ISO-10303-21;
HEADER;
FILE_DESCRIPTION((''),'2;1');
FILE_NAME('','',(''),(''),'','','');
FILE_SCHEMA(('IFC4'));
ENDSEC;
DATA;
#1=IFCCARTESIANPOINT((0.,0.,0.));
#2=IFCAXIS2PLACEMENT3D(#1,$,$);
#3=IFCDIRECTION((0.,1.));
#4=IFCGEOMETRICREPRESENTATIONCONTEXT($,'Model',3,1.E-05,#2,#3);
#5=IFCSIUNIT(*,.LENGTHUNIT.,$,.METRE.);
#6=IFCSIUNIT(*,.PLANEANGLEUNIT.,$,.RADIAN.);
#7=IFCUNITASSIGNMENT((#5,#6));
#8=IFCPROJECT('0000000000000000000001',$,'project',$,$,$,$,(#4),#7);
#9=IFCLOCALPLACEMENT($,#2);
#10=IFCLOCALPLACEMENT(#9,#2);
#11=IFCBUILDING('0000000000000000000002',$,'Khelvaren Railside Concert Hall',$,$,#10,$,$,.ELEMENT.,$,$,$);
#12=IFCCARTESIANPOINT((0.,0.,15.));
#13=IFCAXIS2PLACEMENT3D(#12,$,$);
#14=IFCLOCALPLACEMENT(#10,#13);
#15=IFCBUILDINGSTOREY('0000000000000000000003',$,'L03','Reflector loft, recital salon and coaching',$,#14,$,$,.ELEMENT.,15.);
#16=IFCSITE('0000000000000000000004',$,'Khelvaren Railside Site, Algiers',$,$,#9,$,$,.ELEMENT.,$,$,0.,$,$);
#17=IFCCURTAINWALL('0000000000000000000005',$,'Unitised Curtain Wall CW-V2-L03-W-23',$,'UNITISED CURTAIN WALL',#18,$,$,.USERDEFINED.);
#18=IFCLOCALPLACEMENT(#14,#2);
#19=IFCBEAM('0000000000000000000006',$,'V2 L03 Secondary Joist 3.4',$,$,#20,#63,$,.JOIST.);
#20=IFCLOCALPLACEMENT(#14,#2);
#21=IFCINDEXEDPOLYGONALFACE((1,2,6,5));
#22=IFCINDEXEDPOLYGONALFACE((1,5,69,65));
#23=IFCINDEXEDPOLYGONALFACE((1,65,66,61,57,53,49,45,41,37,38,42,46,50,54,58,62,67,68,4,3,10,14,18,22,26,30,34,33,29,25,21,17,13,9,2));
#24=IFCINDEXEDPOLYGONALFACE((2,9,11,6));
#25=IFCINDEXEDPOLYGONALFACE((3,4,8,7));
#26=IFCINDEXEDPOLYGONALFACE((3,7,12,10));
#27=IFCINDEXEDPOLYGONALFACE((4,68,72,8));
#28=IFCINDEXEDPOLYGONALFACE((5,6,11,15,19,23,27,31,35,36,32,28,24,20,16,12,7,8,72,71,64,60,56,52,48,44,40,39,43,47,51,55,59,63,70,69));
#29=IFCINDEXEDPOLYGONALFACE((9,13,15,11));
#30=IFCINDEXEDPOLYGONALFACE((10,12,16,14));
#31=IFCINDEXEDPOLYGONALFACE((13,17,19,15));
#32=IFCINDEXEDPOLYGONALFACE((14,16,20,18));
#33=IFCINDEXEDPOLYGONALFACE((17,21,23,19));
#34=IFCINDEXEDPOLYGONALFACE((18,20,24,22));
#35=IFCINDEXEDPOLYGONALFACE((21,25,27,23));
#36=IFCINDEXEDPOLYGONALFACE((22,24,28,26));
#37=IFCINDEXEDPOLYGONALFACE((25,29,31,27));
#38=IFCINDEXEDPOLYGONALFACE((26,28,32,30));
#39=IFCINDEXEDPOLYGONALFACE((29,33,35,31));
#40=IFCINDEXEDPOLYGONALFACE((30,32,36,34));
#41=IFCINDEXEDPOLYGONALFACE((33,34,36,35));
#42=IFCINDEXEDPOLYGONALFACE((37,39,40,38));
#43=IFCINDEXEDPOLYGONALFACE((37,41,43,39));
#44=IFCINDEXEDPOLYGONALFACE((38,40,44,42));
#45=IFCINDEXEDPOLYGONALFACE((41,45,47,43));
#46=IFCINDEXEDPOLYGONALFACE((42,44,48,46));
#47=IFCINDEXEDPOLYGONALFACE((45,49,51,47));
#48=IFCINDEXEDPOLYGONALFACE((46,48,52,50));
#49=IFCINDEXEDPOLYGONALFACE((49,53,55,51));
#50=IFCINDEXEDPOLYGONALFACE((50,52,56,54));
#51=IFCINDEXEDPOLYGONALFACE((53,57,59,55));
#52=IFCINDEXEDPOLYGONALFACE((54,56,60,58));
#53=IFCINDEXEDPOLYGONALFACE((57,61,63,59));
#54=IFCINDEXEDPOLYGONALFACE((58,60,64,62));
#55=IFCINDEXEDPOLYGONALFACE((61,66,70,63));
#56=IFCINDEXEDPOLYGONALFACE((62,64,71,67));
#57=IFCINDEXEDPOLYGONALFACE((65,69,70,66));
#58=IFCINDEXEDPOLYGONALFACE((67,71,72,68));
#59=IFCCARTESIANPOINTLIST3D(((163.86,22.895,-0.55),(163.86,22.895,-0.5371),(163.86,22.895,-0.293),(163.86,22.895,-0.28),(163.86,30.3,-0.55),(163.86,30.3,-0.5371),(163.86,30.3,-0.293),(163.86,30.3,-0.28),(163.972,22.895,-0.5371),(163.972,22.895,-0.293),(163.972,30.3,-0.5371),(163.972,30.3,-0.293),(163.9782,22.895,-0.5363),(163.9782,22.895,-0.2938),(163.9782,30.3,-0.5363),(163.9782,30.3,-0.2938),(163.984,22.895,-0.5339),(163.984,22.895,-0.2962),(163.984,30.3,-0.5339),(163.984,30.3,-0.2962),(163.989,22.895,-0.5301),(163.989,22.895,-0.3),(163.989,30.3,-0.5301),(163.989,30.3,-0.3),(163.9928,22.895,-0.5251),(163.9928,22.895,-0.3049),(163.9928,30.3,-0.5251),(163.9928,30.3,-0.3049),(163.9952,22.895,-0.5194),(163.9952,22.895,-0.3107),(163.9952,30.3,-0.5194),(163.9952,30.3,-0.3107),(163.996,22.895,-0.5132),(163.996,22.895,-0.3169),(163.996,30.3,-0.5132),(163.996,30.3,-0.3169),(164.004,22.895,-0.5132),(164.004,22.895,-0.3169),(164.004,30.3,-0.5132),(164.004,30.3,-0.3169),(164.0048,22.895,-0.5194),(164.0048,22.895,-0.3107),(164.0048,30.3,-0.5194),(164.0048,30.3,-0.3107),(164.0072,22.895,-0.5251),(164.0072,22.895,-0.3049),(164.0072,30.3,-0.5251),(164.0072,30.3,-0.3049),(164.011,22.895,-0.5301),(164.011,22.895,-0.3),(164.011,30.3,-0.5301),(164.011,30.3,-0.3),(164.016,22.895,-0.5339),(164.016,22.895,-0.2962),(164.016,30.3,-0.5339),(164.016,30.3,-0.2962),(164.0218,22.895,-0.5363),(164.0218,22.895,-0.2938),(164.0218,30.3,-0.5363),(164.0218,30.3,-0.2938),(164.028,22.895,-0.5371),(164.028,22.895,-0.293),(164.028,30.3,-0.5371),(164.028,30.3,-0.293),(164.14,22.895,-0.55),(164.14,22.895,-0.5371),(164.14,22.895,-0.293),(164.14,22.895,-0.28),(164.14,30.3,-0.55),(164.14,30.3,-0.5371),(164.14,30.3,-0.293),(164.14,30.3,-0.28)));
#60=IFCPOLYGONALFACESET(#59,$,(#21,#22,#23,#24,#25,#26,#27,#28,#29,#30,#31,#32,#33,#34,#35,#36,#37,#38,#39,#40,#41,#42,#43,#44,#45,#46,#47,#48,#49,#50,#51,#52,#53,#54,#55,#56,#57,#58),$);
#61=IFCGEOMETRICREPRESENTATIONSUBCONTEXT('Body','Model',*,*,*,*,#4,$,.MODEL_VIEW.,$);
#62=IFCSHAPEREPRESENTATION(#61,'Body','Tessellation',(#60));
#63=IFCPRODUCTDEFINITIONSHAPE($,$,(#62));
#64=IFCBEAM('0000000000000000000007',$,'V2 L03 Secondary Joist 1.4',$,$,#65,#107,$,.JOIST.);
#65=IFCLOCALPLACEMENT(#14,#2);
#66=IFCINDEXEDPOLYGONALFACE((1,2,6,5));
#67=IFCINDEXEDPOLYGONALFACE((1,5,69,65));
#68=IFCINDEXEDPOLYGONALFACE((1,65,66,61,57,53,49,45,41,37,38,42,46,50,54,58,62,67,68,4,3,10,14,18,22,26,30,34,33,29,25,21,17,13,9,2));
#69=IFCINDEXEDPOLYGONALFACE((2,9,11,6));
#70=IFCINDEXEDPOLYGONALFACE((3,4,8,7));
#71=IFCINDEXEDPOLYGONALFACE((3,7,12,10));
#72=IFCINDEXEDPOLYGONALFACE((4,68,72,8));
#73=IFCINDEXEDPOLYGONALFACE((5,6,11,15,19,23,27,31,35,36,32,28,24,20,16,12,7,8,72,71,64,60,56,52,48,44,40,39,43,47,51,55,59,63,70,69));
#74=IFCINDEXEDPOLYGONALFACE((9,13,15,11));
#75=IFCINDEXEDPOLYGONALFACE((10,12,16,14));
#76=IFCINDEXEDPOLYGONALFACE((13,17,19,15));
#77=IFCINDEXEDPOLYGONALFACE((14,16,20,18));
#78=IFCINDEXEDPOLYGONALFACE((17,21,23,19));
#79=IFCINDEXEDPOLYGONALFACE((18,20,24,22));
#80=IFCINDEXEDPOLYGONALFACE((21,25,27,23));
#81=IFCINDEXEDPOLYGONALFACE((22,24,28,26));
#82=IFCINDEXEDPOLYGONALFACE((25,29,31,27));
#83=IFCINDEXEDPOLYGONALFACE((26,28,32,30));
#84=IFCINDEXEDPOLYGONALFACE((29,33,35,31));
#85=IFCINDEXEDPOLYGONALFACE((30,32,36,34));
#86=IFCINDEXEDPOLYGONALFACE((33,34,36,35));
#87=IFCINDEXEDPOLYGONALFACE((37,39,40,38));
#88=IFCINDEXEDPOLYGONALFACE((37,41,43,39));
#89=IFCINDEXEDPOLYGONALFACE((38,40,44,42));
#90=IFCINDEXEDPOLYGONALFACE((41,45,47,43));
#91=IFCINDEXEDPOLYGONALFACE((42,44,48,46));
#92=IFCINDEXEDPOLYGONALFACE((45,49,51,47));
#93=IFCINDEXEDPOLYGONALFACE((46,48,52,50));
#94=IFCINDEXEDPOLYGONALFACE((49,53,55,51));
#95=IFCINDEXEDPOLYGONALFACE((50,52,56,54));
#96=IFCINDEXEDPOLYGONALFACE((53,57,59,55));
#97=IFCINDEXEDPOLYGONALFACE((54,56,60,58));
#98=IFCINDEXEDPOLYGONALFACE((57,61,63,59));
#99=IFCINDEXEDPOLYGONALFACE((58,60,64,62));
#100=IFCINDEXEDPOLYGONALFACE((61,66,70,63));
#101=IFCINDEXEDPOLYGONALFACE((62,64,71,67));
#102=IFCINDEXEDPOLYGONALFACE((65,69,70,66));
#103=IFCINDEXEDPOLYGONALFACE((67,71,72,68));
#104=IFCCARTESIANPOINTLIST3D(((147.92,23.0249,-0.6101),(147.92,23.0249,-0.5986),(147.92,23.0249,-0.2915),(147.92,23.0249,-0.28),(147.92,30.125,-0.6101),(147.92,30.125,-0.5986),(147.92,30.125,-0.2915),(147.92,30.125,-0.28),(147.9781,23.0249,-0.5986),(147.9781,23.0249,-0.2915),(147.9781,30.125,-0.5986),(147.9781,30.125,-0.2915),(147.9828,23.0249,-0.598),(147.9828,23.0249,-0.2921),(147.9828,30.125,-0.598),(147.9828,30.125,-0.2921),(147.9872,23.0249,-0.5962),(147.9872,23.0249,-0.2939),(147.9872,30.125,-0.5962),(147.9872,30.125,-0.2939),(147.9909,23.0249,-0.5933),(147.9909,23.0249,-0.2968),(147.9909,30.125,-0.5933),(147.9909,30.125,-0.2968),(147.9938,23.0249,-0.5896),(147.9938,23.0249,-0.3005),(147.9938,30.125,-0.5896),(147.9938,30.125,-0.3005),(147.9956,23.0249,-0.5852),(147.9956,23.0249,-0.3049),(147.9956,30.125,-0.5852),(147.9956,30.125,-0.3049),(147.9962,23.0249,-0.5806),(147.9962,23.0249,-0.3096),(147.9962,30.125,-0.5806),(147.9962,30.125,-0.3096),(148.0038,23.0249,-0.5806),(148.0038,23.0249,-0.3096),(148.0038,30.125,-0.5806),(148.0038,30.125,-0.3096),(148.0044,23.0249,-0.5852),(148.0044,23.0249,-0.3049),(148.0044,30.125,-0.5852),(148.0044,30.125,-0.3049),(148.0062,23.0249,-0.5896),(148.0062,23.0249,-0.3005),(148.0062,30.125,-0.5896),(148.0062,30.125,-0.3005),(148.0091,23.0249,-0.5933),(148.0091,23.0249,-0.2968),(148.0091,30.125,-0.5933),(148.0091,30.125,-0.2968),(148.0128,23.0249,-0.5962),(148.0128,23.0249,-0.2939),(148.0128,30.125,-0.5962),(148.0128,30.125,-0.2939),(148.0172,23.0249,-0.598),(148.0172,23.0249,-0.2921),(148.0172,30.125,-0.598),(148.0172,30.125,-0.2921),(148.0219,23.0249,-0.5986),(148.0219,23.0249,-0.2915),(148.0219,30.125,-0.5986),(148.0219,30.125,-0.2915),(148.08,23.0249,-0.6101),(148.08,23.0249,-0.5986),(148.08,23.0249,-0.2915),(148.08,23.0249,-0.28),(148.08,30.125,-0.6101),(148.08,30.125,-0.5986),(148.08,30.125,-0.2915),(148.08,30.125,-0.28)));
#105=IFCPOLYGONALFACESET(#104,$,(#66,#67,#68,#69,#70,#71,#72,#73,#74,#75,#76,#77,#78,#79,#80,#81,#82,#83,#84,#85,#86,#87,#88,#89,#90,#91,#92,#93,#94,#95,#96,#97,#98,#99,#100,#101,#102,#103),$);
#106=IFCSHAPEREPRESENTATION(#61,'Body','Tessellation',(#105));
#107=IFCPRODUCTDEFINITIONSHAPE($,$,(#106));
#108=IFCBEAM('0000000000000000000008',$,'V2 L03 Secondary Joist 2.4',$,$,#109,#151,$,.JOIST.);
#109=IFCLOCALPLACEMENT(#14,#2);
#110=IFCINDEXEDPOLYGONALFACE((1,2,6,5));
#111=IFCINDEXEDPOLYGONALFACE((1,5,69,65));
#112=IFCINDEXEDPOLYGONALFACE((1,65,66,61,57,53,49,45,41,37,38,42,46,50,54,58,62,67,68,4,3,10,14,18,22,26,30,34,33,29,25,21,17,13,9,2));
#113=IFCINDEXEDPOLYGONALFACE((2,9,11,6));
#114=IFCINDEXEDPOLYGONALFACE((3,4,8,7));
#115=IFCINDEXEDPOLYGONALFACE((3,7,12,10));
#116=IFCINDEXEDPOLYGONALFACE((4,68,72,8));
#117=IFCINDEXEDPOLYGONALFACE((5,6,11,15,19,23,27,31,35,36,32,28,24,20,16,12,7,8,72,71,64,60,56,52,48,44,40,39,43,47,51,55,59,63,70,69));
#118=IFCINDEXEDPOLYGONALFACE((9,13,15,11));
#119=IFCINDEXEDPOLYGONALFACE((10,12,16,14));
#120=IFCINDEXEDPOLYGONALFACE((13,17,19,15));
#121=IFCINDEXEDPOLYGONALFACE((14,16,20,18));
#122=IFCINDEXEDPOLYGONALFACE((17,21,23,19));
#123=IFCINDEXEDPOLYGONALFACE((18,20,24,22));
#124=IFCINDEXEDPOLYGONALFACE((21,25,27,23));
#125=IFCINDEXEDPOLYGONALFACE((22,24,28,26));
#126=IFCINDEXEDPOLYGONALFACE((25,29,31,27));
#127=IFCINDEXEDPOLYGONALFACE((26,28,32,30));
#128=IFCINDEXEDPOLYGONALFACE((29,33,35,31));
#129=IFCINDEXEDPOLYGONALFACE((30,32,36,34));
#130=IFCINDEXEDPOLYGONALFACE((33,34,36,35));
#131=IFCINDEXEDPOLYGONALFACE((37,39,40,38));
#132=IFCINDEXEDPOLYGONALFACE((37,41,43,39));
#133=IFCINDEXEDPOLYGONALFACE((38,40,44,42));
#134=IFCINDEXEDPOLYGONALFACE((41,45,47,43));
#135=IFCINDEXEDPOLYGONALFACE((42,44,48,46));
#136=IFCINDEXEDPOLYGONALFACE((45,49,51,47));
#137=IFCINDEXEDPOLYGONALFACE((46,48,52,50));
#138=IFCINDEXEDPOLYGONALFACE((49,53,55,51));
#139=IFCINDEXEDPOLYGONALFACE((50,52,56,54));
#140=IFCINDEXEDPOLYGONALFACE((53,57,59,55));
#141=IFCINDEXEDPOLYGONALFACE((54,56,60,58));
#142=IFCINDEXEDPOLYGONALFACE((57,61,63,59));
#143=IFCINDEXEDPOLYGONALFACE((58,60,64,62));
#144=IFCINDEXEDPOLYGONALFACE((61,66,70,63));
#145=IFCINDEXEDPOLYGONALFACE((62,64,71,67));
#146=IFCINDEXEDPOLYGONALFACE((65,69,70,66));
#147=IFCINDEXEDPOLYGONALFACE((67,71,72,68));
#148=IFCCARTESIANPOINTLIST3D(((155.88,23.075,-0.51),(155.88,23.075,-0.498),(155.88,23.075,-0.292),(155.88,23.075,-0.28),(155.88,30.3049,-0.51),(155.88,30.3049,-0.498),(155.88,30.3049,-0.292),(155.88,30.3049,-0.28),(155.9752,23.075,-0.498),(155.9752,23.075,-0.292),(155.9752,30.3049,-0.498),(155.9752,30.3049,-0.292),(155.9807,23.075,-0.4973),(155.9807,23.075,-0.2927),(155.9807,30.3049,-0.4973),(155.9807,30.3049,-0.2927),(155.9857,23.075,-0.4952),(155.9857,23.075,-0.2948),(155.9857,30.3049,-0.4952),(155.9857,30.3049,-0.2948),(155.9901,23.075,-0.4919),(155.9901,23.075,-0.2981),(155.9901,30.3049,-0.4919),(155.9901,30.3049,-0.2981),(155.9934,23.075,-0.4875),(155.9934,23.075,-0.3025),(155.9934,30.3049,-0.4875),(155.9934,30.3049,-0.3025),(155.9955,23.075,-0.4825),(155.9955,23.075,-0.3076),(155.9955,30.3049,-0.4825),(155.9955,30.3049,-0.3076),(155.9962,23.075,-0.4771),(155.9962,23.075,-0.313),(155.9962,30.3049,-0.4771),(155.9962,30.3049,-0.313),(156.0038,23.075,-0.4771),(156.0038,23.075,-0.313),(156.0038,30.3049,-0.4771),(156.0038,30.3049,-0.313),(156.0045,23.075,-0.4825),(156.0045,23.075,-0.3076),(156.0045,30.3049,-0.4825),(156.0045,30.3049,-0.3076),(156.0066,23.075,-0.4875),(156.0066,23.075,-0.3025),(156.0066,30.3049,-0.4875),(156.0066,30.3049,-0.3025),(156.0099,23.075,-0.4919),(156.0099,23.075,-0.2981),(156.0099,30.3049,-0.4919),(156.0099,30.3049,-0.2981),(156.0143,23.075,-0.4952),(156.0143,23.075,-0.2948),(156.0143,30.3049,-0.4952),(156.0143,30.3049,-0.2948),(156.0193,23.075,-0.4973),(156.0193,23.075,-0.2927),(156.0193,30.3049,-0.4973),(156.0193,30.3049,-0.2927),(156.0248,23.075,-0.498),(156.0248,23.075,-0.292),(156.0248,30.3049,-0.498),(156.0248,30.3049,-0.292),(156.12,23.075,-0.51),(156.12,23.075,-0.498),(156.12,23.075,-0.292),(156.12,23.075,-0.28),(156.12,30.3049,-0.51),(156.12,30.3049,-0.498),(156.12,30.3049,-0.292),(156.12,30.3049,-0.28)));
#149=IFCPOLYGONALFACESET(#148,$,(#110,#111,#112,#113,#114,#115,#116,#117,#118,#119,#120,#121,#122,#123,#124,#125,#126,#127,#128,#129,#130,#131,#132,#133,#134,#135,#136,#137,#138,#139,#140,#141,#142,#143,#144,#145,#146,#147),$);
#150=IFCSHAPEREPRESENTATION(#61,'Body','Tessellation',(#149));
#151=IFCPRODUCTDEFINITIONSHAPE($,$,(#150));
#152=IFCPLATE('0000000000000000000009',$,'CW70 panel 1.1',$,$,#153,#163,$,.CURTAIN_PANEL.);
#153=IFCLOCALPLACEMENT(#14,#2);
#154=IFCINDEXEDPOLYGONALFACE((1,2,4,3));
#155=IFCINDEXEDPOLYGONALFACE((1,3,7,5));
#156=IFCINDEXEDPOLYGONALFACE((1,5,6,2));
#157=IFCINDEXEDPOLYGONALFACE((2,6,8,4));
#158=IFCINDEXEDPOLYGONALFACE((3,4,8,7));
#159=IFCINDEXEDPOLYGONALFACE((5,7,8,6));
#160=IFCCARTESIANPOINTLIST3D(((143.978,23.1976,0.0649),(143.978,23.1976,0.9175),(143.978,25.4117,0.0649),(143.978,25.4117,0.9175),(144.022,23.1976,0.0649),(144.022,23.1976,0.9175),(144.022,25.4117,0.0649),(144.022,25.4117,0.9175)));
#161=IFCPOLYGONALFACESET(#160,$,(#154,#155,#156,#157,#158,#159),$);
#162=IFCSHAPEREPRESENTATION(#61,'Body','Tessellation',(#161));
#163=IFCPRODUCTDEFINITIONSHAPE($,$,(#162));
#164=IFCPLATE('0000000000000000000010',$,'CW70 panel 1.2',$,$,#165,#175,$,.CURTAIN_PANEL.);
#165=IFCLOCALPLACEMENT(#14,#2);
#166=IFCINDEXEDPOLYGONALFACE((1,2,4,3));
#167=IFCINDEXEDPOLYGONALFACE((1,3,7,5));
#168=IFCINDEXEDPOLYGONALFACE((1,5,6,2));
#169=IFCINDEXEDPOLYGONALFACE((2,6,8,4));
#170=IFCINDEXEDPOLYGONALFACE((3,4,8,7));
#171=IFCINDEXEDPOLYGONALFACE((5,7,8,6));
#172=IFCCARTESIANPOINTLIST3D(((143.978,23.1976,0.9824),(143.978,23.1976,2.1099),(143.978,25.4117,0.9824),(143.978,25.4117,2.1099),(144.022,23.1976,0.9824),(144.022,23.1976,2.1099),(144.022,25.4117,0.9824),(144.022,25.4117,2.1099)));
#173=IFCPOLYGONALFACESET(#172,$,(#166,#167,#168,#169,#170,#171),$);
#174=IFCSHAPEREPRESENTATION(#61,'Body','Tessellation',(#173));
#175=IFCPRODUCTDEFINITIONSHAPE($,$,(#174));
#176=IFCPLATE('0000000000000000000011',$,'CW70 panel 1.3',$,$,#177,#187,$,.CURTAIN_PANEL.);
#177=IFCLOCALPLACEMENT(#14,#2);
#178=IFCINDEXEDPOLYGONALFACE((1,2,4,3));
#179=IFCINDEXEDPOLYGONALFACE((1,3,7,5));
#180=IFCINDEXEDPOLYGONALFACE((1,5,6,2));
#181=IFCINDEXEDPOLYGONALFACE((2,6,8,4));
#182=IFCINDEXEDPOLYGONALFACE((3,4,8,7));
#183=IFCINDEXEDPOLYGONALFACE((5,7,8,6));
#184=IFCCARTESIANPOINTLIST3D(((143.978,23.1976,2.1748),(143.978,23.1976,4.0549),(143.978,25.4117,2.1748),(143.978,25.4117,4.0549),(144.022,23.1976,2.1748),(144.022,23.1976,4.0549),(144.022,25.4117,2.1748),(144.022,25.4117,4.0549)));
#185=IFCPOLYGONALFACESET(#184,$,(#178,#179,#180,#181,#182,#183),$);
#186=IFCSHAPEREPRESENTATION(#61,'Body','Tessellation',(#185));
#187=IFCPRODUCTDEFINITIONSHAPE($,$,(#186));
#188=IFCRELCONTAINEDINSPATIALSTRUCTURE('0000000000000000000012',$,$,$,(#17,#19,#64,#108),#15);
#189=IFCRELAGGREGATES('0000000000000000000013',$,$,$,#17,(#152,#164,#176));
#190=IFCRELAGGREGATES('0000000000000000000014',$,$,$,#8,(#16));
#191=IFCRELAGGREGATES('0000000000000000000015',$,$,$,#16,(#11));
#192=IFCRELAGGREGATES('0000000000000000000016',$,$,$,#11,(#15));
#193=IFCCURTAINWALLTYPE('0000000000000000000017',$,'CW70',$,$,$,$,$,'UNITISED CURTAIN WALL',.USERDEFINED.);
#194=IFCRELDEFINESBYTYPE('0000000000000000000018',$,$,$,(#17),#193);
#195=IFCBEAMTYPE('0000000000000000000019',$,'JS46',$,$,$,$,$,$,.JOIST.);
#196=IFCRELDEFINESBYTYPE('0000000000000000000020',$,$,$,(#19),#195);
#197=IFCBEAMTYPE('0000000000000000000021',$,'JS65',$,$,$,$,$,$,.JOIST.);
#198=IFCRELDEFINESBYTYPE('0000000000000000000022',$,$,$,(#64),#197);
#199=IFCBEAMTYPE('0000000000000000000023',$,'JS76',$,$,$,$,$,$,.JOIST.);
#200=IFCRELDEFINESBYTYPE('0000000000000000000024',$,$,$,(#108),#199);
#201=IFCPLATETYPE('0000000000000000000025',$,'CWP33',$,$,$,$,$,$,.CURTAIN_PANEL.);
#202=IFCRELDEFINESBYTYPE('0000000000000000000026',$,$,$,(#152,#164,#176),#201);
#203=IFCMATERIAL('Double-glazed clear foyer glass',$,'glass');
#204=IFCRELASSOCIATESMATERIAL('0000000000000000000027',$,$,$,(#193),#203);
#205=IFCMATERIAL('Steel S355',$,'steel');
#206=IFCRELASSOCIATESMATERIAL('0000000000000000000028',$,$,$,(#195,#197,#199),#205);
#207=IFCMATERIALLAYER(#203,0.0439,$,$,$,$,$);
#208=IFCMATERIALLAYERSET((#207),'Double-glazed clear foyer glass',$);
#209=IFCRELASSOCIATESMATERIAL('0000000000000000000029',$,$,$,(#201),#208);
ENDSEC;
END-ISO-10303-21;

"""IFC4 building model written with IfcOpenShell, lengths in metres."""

from ifc_helpers import new_model, si_unit, direction, frame, origin, origin_2d, place, context, subcontext, project, spatial, rectangle, i_section, extrude, material, layer, layer_set, material_profile, profile_set, type_object, element, aggregate, save


model = new_model("IFC4")

# Units and contexts
model_context = context("Model", 3, precision=1e-05, world=origin(), true_north=direction((0.0, 1.0)))
body_context = subcontext(model_context, "Body", "Model", "MODEL_VIEW")
ifc_project = project(units=[si_unit("LENGTHUNIT", "METRE"), si_unit("PLANEANGLEUNIT", "RADIAN")], contexts=[model_context])

# Site, building, storey
site_placement = place(None, origin())
site = spatial("IfcSite", under=ifc_project, at=site_placement, Name="Khelvaren Railside Site, Algiers", CompositionType="ELEMENT", RefElevation=0.0)
building_placement = place(site_placement, origin())
building = spatial("IfcBuilding", under=site, at=building_placement, Name="Khelvaren Railside Concert Hall", CompositionType="ELEMENT")
storey_placement = place(building_placement, frame((0.0, 0.0, 15.0)))
storey = spatial("IfcBuildingStorey", under=building, at=storey_placement, Name="L03", Description="Reflector loft, recital salon and coaching", CompositionType="ELEMENT", Elevation=15.0)

# Shared definitions
ifc_material_1 = material(Name="Steel S355", Category="steel")

# Curtain wall
ifc_material_2 = material(Name="Double-glazed clear foyer glass", Category="glass")
curtain_wall_type = type_object("IfcCurtainWallType", Name="CW70", ElementType="UNITISED CURTAIN WALL", PredefinedType="USERDEFINED", material=ifc_material_2)
curtain_wall_placement = place(storey_placement, origin())
curtain_wall = element("IfcCurtainWall", 1, at=curtain_wall_placement, inside=storey, type_object=curtain_wall_type, Name="Unitised Curtain Wall CW-V2-L03-W-23", ObjectType="UNITISED CURTAIN WALL", PredefinedType="USERDEFINED")

# Beams
ifc_material_profile_1 = material_profile(ifc_material_1, i_section(OverallWidth=0.28, OverallDepth=0.27, WebThickness=0.0081, FlangeThickness=0.0129, FilletRadius=0.0239, at=origin_2d()), Name="HEA 280")
ifc_profile_set_1 = profile_set([ifc_material_profile_1], Name="Steel S355")
beam_type_1 = type_object("IfcBeamType", Name="JS46", PredefinedType="JOIST", material=ifc_profile_set_1)
beam_1_placement = place(storey_placement, frame((164.0, 22.895, -0.415), z_axis=(0.0, 1.0, 0.0), x_axis=(-1.0, 0.0, 0.0)))
element("IfcBeam", 2, at=beam_1_placement, inside=storey, type_object=beam_type_1, Name="V2 L03 Secondary Joist 3.4", PredefinedType="JOIST", context=body_context, shape_type="SweptSolid", body=[
    extrude(i_section(OverallWidth=0.28, OverallDepth=0.27, WebThickness=0.0081, FlangeThickness=0.0129, FilletRadius=0.0239, at=origin_2d()), origin(), (0.0, 0.0, 1.0), 7.405),
])
ifc_material_profile_2 = material_profile(ifc_material_1, i_section(OverallWidth=0.1599, OverallDepth=0.3301, WebThickness=0.0076, FlangeThickness=0.0115, FilletRadius=0.0181, at=origin_2d()), Name="IPE 330")
ifc_profile_set_2 = profile_set([ifc_material_profile_2], Name="Steel S355")
beam_type_2 = type_object("IfcBeamType", Name="JS65", PredefinedType="JOIST", material=ifc_profile_set_2)
beam_2_placement = place(storey_placement, frame((148.0, 23.0249, -0.4451), z_axis=(0.0, 1.0, 0.0), x_axis=(-1.0, 0.0, 0.0)))
element("IfcBeam", 3, at=beam_2_placement, inside=storey, type_object=beam_type_2, Name="V2 L03 Secondary Joist 1.4", PredefinedType="JOIST", context=body_context, shape_type="SweptSolid", body=[
    extrude(i_section(OverallWidth=0.1599, OverallDepth=0.3301, WebThickness=0.0076, FlangeThickness=0.0115, FilletRadius=0.0181, at=origin_2d()), origin(), (0.0, 0.0, 1.0), 7.1001),
])
ifc_material_profile_3 = material_profile(ifc_material_1, i_section(OverallWidth=0.24, OverallDepth=0.23, WebThickness=0.0076, FlangeThickness=0.012, FilletRadius=0.021, at=origin_2d()), Name="HEA 240")
ifc_profile_set_3 = profile_set([ifc_material_profile_3], Name="Steel S355")
beam_type_3 = type_object("IfcBeamType", Name="JS76", PredefinedType="JOIST", material=ifc_profile_set_3)
beam_3_placement = place(storey_placement, frame((156.0, 23.075, -0.395), z_axis=(0.0, 1.0, 0.0), x_axis=(-1.0, 0.0, 0.0)))
element("IfcBeam", 4, at=beam_3_placement, inside=storey, type_object=beam_type_3, Name="V2 L03 Secondary Joist 2.4", PredefinedType="JOIST", context=body_context, shape_type="SweptSolid", body=[
    extrude(i_section(OverallWidth=0.24, OverallDepth=0.23, WebThickness=0.0076, FlangeThickness=0.012, FilletRadius=0.021, at=origin_2d()), origin(), (0.0, 0.0, 1.0), 7.23),
])

# Plates
ifc_layer_1 = layer(ifc_material_2, 0.0439)
ifc_layer_set_1 = layer_set([ifc_layer_1], Name="Double-glazed clear foyer glass")
plate_type = type_object("IfcPlateType", Name="CWP33", PredefinedType="CURTAIN_PANEL", material=ifc_layer_set_1)
plate_1_placement = place(storey_placement, frame((144.0, 24.3047, 0.0649), z_axis=(0.0, 0.0, 1.0), x_axis=(0.0, 1.0, 0.0)))
plate_1 = element("IfcPlate", 5, at=plate_1_placement, type_object=plate_type, Name="CW70 panel 1.1", PredefinedType="CURTAIN_PANEL", context=body_context, shape_type="SweptSolid", body=[
    extrude(rectangle(XDim=2.2141, YDim=0.0439, at=origin_2d()), origin(), (0.0, 0.0, 1.0), 0.8525),
])
plate_2_placement = place(storey_placement, frame((144.0, 24.3047, 0.9824), z_axis=(0.0, 0.0, 1.0), x_axis=(0.0, 1.0, 0.0)))
plate_2 = element("IfcPlate", 6, at=plate_2_placement, type_object=plate_type, Name="CW70 panel 1.2", PredefinedType="CURTAIN_PANEL", context=body_context, shape_type="SweptSolid", body=[
    extrude(rectangle(XDim=2.2141, YDim=0.0439, at=origin_2d()), origin(), (0.0, 0.0, 1.0), 1.1274),
])
plate_3_placement = place(storey_placement, frame((144.0, 24.3047, 2.1748), z_axis=(0.0, 0.0, 1.0), x_axis=(0.0, 1.0, 0.0)))
plate_3 = element("IfcPlate", 7, at=plate_3_placement, type_object=plate_type, Name="CW70 panel 1.3", PredefinedType="CURTAIN_PANEL", context=body_context, shape_type="SweptSolid", body=[
    extrude(rectangle(XDim=2.2141, YDim=0.0439, at=origin_2d()), origin(), (0.0, 0.0, 1.0), 1.8801),
])
aggregate(curtain_wall, [plate_1, plate_2, plate_3])

save(model, "model.ifc")
